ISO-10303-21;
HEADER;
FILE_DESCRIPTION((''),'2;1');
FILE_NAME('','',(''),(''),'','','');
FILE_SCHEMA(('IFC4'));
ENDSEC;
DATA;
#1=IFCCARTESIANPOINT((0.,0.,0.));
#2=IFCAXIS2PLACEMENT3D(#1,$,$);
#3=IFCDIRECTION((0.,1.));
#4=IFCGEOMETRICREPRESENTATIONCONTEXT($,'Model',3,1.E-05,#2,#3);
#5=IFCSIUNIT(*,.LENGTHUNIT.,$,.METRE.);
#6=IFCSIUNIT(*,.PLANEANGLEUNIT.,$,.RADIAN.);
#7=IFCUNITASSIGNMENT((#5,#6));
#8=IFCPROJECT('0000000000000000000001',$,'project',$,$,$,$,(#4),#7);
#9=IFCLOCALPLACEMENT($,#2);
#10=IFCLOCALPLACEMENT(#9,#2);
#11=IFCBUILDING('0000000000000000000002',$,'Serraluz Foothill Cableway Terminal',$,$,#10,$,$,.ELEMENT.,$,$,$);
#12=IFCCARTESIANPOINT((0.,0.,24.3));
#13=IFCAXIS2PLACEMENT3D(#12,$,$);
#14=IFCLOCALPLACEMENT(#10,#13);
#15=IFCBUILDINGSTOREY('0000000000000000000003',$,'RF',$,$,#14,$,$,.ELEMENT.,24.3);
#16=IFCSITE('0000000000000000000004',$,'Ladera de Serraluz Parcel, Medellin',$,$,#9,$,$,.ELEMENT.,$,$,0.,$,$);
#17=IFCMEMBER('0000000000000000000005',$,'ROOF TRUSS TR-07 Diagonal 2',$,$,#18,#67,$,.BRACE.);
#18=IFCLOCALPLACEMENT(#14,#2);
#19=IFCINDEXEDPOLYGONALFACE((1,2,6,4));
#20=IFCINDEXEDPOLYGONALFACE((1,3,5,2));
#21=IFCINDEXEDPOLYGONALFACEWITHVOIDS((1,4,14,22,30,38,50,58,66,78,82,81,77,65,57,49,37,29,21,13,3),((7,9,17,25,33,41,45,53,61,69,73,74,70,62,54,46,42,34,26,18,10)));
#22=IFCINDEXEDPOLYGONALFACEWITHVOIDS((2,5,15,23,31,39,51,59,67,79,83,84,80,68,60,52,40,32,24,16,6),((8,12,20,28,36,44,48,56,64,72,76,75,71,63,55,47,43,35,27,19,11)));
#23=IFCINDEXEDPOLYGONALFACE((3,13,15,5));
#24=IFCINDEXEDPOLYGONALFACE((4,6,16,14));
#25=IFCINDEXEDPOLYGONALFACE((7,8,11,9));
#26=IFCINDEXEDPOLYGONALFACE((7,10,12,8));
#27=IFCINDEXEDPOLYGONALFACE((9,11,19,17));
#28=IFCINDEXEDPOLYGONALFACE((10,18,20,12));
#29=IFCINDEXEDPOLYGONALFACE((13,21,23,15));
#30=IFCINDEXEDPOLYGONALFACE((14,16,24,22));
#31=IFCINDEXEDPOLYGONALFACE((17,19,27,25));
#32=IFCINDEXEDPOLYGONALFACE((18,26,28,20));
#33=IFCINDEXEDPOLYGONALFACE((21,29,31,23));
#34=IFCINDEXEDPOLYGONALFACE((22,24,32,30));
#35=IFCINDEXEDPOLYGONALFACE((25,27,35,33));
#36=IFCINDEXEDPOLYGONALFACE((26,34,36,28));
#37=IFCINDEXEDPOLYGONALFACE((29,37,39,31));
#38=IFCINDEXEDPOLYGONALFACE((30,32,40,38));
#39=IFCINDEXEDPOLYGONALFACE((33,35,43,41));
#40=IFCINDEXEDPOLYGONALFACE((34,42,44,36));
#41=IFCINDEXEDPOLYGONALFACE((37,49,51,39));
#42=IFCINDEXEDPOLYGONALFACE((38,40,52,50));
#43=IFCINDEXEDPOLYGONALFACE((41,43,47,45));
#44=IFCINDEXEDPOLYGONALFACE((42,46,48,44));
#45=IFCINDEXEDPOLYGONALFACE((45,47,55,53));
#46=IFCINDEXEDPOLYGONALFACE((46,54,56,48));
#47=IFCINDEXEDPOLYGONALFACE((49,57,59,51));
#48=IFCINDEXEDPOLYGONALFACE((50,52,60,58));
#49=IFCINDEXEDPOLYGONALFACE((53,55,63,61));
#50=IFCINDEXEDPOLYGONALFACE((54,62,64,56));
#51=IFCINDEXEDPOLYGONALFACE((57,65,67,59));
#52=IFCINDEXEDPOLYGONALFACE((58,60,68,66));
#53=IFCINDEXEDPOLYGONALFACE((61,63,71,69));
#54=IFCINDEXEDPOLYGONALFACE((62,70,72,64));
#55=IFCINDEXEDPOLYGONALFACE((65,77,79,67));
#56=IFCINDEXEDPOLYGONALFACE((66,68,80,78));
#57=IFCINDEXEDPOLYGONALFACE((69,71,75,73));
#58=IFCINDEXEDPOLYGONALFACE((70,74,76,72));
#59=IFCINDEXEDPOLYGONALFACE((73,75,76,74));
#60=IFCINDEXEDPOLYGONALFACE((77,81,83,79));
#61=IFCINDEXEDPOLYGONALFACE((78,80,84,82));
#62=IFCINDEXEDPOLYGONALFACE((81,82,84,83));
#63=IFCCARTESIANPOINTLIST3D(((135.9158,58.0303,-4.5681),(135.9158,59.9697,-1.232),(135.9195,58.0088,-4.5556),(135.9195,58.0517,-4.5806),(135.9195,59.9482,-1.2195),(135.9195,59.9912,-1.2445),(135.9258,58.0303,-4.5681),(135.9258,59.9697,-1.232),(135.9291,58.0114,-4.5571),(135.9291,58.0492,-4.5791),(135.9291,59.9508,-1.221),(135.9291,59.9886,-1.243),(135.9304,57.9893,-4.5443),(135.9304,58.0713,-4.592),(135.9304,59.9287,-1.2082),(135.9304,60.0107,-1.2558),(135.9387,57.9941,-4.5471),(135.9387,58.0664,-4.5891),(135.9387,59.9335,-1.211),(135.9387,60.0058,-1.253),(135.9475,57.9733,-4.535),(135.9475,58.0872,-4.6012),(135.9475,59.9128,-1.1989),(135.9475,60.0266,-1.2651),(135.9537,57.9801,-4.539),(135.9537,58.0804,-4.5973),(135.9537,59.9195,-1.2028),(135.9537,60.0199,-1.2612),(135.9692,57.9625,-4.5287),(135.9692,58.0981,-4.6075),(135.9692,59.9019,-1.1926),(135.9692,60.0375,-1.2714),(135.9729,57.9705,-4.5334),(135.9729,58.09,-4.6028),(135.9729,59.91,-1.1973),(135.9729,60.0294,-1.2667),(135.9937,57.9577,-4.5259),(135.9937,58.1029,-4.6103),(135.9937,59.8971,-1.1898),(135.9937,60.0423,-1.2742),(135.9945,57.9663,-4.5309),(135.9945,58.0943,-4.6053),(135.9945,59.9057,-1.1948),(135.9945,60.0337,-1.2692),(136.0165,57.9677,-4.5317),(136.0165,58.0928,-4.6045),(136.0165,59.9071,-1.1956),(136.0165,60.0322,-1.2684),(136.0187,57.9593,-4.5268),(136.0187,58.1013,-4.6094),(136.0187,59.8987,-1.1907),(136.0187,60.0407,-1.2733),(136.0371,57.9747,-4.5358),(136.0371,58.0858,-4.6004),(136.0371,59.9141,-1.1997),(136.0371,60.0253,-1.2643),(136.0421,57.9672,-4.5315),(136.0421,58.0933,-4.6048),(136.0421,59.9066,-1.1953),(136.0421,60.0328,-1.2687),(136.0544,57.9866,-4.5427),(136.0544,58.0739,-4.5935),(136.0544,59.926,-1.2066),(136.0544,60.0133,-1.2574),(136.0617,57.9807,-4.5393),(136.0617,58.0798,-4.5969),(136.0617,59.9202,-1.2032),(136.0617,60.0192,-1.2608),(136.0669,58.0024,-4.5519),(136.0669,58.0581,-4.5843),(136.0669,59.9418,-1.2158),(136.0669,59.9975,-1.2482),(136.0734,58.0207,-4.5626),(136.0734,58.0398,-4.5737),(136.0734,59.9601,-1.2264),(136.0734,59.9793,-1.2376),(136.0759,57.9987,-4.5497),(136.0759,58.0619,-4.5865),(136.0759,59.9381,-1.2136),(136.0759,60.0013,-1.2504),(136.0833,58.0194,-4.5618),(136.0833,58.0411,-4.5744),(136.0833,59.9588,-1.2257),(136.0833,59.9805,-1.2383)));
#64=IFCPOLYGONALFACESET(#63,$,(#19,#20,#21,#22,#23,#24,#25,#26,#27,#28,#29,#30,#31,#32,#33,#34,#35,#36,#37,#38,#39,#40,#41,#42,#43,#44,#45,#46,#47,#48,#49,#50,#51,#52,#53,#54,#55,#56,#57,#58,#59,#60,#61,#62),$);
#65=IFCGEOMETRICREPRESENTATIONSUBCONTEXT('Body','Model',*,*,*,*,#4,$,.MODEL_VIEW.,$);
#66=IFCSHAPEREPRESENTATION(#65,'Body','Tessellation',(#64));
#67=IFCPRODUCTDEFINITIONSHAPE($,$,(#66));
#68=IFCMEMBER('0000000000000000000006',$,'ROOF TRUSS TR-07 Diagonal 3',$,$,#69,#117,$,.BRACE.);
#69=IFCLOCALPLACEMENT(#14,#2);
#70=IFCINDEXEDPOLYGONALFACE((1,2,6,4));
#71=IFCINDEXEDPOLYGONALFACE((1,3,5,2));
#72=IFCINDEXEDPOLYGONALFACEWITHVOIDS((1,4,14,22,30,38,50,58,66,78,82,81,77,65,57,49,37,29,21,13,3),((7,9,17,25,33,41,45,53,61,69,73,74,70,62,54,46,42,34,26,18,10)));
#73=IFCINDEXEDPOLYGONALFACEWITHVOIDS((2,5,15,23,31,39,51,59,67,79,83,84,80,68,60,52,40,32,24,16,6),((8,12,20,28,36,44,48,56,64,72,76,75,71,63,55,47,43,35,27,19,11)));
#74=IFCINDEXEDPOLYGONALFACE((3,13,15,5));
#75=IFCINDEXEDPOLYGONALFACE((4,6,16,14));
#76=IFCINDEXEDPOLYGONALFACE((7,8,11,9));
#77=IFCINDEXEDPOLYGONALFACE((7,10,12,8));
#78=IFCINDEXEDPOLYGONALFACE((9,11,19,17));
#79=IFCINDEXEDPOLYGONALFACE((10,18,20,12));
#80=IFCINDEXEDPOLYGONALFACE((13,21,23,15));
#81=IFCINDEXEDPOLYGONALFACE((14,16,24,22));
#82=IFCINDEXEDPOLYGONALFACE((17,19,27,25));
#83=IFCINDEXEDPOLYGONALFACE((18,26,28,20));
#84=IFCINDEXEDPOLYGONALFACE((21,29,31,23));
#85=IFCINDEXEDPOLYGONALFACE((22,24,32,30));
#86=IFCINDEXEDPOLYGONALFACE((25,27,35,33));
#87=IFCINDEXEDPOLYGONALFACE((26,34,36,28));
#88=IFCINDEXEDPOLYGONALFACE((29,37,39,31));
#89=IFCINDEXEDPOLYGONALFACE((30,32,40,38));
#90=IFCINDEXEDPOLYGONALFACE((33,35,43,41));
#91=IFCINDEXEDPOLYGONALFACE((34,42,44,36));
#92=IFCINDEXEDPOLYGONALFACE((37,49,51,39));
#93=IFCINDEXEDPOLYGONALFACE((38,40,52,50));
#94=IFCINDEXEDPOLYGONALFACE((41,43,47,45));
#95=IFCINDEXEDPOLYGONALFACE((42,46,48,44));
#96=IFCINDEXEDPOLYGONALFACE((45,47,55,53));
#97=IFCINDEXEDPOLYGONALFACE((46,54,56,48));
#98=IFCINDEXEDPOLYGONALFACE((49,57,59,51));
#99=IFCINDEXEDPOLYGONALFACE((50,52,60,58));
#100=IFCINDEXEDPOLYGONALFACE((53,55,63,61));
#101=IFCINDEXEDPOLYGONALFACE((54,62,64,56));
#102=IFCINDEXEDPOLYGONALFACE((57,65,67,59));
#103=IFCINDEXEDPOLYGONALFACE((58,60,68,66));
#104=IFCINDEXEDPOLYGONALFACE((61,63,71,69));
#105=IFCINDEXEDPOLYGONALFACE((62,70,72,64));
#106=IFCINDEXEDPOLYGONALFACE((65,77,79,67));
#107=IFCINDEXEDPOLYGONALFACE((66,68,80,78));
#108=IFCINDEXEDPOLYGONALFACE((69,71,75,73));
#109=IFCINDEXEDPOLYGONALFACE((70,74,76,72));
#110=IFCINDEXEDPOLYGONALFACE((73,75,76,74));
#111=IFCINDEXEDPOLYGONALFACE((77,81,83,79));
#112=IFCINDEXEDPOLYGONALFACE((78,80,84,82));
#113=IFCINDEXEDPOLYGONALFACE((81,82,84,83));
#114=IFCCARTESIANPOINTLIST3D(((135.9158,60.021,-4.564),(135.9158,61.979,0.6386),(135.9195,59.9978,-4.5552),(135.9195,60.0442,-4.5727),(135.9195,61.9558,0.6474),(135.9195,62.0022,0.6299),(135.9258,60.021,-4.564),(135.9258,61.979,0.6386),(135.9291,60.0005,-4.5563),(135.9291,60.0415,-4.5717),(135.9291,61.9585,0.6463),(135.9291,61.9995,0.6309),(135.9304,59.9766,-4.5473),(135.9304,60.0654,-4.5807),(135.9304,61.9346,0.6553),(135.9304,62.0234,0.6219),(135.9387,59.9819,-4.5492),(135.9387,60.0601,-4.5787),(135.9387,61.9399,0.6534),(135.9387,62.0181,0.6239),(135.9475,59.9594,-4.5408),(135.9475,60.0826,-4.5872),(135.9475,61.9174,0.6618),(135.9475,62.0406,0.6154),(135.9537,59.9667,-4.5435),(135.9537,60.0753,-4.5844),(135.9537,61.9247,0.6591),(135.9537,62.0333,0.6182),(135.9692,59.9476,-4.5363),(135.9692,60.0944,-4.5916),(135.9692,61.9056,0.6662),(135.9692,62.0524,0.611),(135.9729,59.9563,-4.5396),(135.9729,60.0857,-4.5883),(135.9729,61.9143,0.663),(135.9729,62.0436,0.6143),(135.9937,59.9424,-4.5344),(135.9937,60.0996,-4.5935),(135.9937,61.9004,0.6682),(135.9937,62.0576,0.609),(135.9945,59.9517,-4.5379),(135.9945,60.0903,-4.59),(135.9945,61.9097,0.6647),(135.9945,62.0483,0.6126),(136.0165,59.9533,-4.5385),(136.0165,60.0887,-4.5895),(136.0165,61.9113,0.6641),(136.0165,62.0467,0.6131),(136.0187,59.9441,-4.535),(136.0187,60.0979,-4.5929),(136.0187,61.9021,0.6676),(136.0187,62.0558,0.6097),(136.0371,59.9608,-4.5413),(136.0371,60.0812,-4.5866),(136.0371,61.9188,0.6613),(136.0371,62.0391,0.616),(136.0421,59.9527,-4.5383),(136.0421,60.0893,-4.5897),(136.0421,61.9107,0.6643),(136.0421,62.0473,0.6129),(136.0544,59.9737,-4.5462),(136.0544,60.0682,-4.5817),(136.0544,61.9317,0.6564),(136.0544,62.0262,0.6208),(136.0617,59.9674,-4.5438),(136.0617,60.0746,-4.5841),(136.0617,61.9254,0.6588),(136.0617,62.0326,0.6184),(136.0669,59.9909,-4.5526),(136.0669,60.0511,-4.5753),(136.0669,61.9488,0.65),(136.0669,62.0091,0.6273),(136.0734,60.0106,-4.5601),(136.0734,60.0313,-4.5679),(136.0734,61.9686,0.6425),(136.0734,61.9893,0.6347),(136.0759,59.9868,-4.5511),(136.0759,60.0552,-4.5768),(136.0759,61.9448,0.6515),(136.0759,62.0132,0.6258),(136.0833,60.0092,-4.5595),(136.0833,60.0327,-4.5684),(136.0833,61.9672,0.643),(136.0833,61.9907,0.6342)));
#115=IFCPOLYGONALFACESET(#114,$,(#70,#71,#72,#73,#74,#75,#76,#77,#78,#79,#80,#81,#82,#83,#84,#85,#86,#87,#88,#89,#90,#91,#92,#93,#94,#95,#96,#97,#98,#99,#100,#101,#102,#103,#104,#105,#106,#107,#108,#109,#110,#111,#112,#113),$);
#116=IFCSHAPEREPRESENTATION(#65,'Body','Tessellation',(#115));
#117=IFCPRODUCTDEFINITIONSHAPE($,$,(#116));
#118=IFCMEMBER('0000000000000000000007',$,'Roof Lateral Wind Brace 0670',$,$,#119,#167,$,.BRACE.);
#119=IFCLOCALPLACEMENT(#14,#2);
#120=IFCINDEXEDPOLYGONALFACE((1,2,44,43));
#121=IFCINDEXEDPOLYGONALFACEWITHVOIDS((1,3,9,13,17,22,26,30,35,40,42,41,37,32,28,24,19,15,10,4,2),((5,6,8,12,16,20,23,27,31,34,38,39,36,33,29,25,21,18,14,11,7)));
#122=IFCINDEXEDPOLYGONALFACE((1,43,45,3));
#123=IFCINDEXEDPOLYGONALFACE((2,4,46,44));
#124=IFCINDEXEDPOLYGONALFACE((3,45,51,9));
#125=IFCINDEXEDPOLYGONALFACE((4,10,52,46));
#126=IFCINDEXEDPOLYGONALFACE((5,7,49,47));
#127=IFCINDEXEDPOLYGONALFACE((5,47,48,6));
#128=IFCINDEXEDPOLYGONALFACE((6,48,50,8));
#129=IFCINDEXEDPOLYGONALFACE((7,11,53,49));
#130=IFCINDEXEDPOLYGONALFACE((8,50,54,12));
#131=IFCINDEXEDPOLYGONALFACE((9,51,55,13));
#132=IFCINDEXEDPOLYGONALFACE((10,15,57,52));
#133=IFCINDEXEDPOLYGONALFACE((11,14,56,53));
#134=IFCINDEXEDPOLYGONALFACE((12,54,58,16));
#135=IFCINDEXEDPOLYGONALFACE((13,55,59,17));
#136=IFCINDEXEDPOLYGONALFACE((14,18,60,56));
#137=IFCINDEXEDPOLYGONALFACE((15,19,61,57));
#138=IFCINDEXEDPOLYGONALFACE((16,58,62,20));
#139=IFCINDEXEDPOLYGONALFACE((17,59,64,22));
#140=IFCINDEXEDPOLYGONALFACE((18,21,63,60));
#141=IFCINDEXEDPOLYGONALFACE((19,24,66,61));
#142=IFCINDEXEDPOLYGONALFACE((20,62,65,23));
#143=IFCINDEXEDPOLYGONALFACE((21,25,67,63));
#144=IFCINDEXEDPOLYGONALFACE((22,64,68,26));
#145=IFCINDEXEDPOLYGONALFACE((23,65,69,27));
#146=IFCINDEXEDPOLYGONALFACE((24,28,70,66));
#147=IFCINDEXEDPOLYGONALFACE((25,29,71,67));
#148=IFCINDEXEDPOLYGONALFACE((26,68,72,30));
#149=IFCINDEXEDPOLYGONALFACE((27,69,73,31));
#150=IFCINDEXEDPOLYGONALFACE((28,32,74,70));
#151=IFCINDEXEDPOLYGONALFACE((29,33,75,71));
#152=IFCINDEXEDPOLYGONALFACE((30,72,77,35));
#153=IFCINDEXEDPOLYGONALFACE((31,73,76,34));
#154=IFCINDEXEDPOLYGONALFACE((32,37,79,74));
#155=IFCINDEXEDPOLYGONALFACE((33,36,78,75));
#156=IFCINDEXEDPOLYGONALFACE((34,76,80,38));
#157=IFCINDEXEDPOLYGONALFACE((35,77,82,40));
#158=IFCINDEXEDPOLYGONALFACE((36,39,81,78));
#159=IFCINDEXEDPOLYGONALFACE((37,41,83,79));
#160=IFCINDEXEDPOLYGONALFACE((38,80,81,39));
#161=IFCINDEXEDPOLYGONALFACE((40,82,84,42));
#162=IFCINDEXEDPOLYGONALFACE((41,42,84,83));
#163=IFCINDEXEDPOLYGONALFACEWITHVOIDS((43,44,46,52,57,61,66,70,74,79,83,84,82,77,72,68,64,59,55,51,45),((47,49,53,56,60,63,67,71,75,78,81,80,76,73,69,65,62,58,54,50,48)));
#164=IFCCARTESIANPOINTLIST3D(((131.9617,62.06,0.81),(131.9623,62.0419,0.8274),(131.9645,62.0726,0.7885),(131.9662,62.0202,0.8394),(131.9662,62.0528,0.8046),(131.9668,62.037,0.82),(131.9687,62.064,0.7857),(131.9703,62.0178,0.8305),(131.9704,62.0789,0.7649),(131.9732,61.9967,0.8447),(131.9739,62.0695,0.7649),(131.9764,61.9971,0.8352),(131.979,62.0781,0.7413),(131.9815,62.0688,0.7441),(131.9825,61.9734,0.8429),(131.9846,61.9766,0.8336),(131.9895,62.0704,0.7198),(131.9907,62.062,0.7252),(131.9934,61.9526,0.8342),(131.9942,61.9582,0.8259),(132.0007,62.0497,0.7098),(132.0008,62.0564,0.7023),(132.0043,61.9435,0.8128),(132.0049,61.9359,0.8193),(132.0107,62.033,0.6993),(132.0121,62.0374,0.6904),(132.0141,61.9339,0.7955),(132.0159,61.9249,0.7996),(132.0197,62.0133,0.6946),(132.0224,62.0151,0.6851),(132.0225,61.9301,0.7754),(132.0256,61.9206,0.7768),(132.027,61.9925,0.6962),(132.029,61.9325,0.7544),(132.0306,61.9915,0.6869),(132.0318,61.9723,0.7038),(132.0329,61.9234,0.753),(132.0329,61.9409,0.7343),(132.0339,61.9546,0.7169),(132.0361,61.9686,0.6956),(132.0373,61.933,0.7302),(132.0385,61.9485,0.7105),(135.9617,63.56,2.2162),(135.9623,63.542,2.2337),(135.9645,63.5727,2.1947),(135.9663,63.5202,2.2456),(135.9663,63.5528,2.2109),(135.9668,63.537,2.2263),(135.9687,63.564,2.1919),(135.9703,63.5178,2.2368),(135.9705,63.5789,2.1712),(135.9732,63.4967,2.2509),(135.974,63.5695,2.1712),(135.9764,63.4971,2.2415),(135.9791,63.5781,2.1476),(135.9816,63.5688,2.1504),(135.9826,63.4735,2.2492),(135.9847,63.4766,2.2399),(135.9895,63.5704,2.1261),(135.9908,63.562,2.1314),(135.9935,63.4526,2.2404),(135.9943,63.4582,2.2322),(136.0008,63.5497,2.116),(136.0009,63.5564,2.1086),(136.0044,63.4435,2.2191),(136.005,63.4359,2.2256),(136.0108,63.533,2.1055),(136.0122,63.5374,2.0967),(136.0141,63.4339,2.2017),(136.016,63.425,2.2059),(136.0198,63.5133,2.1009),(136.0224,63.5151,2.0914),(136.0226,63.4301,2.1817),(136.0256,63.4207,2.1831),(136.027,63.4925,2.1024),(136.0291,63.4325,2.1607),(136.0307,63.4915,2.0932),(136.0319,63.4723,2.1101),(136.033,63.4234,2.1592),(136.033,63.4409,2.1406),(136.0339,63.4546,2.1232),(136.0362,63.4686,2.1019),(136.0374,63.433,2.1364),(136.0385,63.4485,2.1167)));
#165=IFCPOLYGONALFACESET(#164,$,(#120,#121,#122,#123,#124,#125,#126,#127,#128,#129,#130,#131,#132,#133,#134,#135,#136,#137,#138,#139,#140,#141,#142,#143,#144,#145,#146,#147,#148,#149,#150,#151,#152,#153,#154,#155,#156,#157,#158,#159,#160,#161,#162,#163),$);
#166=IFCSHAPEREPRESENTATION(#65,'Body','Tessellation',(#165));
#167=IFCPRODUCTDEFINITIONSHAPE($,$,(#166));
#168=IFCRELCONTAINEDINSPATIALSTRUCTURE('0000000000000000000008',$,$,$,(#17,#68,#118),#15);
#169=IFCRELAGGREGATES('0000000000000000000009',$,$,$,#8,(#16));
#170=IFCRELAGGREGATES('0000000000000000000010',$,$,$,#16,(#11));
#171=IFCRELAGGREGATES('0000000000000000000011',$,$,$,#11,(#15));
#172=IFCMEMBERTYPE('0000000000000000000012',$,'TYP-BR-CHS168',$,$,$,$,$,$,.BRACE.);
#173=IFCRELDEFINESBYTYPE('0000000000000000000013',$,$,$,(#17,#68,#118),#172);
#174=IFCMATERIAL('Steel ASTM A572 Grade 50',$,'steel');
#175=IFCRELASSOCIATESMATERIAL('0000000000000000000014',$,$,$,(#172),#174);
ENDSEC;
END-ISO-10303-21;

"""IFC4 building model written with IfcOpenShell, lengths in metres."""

from ifc_helpers import new_model, si_unit, direction, frame, origin, origin_2d, place, context, subcontext, project, spatial, hollow_circle, extrude, material, material_profile, profile_set, type_object, element, save


model = new_model("IFC4")

# Units and contexts
model_context = context("Model", 3, precision=1e-05, world=origin(), true_north=direction((0.0, 1.0)))
body_context = subcontext(model_context, "Body", "Model", "MODEL_VIEW")
ifc_project = project(units=[si_unit("LENGTHUNIT", "METRE"), si_unit("PLANEANGLEUNIT", "RADIAN")], contexts=[model_context])

# Site, building, storey
site_placement = place(None, origin())
site = spatial("IfcSite", under=ifc_project, at=site_placement, Name="Ladera de Serraluz Parcel, Medellin", CompositionType="ELEMENT", RefElevation=0.0)
building_placement = place(site_placement, origin())
building = spatial("IfcBuilding", under=site, at=building_placement, Name="Serraluz Foothill Cableway Terminal", CompositionType="ELEMENT")
storey_placement = place(building_placement, frame((0.0, 0.0, 24.3)))
storey = spatial("IfcBuildingStorey", under=building, at=storey_placement, Name="RF", CompositionType="ELEMENT", Elevation=24.3)

# Members
ifc_material_1 = material(Name="Steel ASTM A572 Grade 50", Category="steel")
ifc_material_profile_1 = material_profile(ifc_material_1, hollow_circle(Radius=0.0842, WallThickness=0.01, at=origin_2d()), Name="CHS168X10")
ifc_profile_set_1 = profile_set([ifc_material_profile_1], Name="Steel ASTM A572 Grade 50")
member_type_1 = type_object("IfcMemberType", Name="TYP-BR-CHS168", PredefinedType="BRACE", material=ifc_profile_set_1)
member_1_placement = place(storey_placement, frame((136.0, 58.0303, -4.5681), z_axis=(0.0, 0.502584, 0.864528), x_axis=(-1.0, 0.0, 0.0)))
element("IfcMember", 1, at=member_1_placement, inside=storey, type_object=member_type_1, Name="ROOF TRUSS TR-07 Diagonal 2", PredefinedType="BRACE", context=body_context, shape_type="SweptSolid", body=[
    extrude(hollow_circle(Radius=0.0842, WallThickness=0.01, at=origin_2d()), origin(), (0.0, 0.0, 1.0), 3.8589),
])
member_2_placement = place(storey_placement, frame((136.0, 60.021, -4.564), z_axis=(0.0, 0.35223, 0.935913), x_axis=(-1.0, 0.0, 0.0)))
element("IfcMember", 2, at=member_2_placement, inside=storey, type_object=member_type_1, Name="ROOF TRUSS TR-07 Diagonal 3", PredefinedType="BRACE", context=body_context, shape_type="SweptSolid", body=[
    extrude(hollow_circle(Radius=0.0842, WallThickness=0.01, at=origin_2d()), origin(), (0.0, 0.0, 1.0), 5.5588),
])
for number, where, z_axis, x_axis, name in (
    (3, (132.0, 62.0, 0.7649), (0.889382, 0.333518, 0.312673), (-0.351123, 0.936329, 0.0), "Roof Lateral Wind Brace 0670"),
):
    element("IfcMember", number, at=place(storey_placement, frame(where, z_axis=z_axis, x_axis=x_axis)), inside=storey, type_object=member_type_1, Name=name, PredefinedType="BRACE", context=body_context, shape_type="SweptSolid", body=[
        extrude(hollow_circle(Radius=0.0842, WallThickness=0.01, at=origin_2d()), origin(), (0.0, 0.0, 1.0), 4.4976),
    ])

save(model, "model.ifc")
